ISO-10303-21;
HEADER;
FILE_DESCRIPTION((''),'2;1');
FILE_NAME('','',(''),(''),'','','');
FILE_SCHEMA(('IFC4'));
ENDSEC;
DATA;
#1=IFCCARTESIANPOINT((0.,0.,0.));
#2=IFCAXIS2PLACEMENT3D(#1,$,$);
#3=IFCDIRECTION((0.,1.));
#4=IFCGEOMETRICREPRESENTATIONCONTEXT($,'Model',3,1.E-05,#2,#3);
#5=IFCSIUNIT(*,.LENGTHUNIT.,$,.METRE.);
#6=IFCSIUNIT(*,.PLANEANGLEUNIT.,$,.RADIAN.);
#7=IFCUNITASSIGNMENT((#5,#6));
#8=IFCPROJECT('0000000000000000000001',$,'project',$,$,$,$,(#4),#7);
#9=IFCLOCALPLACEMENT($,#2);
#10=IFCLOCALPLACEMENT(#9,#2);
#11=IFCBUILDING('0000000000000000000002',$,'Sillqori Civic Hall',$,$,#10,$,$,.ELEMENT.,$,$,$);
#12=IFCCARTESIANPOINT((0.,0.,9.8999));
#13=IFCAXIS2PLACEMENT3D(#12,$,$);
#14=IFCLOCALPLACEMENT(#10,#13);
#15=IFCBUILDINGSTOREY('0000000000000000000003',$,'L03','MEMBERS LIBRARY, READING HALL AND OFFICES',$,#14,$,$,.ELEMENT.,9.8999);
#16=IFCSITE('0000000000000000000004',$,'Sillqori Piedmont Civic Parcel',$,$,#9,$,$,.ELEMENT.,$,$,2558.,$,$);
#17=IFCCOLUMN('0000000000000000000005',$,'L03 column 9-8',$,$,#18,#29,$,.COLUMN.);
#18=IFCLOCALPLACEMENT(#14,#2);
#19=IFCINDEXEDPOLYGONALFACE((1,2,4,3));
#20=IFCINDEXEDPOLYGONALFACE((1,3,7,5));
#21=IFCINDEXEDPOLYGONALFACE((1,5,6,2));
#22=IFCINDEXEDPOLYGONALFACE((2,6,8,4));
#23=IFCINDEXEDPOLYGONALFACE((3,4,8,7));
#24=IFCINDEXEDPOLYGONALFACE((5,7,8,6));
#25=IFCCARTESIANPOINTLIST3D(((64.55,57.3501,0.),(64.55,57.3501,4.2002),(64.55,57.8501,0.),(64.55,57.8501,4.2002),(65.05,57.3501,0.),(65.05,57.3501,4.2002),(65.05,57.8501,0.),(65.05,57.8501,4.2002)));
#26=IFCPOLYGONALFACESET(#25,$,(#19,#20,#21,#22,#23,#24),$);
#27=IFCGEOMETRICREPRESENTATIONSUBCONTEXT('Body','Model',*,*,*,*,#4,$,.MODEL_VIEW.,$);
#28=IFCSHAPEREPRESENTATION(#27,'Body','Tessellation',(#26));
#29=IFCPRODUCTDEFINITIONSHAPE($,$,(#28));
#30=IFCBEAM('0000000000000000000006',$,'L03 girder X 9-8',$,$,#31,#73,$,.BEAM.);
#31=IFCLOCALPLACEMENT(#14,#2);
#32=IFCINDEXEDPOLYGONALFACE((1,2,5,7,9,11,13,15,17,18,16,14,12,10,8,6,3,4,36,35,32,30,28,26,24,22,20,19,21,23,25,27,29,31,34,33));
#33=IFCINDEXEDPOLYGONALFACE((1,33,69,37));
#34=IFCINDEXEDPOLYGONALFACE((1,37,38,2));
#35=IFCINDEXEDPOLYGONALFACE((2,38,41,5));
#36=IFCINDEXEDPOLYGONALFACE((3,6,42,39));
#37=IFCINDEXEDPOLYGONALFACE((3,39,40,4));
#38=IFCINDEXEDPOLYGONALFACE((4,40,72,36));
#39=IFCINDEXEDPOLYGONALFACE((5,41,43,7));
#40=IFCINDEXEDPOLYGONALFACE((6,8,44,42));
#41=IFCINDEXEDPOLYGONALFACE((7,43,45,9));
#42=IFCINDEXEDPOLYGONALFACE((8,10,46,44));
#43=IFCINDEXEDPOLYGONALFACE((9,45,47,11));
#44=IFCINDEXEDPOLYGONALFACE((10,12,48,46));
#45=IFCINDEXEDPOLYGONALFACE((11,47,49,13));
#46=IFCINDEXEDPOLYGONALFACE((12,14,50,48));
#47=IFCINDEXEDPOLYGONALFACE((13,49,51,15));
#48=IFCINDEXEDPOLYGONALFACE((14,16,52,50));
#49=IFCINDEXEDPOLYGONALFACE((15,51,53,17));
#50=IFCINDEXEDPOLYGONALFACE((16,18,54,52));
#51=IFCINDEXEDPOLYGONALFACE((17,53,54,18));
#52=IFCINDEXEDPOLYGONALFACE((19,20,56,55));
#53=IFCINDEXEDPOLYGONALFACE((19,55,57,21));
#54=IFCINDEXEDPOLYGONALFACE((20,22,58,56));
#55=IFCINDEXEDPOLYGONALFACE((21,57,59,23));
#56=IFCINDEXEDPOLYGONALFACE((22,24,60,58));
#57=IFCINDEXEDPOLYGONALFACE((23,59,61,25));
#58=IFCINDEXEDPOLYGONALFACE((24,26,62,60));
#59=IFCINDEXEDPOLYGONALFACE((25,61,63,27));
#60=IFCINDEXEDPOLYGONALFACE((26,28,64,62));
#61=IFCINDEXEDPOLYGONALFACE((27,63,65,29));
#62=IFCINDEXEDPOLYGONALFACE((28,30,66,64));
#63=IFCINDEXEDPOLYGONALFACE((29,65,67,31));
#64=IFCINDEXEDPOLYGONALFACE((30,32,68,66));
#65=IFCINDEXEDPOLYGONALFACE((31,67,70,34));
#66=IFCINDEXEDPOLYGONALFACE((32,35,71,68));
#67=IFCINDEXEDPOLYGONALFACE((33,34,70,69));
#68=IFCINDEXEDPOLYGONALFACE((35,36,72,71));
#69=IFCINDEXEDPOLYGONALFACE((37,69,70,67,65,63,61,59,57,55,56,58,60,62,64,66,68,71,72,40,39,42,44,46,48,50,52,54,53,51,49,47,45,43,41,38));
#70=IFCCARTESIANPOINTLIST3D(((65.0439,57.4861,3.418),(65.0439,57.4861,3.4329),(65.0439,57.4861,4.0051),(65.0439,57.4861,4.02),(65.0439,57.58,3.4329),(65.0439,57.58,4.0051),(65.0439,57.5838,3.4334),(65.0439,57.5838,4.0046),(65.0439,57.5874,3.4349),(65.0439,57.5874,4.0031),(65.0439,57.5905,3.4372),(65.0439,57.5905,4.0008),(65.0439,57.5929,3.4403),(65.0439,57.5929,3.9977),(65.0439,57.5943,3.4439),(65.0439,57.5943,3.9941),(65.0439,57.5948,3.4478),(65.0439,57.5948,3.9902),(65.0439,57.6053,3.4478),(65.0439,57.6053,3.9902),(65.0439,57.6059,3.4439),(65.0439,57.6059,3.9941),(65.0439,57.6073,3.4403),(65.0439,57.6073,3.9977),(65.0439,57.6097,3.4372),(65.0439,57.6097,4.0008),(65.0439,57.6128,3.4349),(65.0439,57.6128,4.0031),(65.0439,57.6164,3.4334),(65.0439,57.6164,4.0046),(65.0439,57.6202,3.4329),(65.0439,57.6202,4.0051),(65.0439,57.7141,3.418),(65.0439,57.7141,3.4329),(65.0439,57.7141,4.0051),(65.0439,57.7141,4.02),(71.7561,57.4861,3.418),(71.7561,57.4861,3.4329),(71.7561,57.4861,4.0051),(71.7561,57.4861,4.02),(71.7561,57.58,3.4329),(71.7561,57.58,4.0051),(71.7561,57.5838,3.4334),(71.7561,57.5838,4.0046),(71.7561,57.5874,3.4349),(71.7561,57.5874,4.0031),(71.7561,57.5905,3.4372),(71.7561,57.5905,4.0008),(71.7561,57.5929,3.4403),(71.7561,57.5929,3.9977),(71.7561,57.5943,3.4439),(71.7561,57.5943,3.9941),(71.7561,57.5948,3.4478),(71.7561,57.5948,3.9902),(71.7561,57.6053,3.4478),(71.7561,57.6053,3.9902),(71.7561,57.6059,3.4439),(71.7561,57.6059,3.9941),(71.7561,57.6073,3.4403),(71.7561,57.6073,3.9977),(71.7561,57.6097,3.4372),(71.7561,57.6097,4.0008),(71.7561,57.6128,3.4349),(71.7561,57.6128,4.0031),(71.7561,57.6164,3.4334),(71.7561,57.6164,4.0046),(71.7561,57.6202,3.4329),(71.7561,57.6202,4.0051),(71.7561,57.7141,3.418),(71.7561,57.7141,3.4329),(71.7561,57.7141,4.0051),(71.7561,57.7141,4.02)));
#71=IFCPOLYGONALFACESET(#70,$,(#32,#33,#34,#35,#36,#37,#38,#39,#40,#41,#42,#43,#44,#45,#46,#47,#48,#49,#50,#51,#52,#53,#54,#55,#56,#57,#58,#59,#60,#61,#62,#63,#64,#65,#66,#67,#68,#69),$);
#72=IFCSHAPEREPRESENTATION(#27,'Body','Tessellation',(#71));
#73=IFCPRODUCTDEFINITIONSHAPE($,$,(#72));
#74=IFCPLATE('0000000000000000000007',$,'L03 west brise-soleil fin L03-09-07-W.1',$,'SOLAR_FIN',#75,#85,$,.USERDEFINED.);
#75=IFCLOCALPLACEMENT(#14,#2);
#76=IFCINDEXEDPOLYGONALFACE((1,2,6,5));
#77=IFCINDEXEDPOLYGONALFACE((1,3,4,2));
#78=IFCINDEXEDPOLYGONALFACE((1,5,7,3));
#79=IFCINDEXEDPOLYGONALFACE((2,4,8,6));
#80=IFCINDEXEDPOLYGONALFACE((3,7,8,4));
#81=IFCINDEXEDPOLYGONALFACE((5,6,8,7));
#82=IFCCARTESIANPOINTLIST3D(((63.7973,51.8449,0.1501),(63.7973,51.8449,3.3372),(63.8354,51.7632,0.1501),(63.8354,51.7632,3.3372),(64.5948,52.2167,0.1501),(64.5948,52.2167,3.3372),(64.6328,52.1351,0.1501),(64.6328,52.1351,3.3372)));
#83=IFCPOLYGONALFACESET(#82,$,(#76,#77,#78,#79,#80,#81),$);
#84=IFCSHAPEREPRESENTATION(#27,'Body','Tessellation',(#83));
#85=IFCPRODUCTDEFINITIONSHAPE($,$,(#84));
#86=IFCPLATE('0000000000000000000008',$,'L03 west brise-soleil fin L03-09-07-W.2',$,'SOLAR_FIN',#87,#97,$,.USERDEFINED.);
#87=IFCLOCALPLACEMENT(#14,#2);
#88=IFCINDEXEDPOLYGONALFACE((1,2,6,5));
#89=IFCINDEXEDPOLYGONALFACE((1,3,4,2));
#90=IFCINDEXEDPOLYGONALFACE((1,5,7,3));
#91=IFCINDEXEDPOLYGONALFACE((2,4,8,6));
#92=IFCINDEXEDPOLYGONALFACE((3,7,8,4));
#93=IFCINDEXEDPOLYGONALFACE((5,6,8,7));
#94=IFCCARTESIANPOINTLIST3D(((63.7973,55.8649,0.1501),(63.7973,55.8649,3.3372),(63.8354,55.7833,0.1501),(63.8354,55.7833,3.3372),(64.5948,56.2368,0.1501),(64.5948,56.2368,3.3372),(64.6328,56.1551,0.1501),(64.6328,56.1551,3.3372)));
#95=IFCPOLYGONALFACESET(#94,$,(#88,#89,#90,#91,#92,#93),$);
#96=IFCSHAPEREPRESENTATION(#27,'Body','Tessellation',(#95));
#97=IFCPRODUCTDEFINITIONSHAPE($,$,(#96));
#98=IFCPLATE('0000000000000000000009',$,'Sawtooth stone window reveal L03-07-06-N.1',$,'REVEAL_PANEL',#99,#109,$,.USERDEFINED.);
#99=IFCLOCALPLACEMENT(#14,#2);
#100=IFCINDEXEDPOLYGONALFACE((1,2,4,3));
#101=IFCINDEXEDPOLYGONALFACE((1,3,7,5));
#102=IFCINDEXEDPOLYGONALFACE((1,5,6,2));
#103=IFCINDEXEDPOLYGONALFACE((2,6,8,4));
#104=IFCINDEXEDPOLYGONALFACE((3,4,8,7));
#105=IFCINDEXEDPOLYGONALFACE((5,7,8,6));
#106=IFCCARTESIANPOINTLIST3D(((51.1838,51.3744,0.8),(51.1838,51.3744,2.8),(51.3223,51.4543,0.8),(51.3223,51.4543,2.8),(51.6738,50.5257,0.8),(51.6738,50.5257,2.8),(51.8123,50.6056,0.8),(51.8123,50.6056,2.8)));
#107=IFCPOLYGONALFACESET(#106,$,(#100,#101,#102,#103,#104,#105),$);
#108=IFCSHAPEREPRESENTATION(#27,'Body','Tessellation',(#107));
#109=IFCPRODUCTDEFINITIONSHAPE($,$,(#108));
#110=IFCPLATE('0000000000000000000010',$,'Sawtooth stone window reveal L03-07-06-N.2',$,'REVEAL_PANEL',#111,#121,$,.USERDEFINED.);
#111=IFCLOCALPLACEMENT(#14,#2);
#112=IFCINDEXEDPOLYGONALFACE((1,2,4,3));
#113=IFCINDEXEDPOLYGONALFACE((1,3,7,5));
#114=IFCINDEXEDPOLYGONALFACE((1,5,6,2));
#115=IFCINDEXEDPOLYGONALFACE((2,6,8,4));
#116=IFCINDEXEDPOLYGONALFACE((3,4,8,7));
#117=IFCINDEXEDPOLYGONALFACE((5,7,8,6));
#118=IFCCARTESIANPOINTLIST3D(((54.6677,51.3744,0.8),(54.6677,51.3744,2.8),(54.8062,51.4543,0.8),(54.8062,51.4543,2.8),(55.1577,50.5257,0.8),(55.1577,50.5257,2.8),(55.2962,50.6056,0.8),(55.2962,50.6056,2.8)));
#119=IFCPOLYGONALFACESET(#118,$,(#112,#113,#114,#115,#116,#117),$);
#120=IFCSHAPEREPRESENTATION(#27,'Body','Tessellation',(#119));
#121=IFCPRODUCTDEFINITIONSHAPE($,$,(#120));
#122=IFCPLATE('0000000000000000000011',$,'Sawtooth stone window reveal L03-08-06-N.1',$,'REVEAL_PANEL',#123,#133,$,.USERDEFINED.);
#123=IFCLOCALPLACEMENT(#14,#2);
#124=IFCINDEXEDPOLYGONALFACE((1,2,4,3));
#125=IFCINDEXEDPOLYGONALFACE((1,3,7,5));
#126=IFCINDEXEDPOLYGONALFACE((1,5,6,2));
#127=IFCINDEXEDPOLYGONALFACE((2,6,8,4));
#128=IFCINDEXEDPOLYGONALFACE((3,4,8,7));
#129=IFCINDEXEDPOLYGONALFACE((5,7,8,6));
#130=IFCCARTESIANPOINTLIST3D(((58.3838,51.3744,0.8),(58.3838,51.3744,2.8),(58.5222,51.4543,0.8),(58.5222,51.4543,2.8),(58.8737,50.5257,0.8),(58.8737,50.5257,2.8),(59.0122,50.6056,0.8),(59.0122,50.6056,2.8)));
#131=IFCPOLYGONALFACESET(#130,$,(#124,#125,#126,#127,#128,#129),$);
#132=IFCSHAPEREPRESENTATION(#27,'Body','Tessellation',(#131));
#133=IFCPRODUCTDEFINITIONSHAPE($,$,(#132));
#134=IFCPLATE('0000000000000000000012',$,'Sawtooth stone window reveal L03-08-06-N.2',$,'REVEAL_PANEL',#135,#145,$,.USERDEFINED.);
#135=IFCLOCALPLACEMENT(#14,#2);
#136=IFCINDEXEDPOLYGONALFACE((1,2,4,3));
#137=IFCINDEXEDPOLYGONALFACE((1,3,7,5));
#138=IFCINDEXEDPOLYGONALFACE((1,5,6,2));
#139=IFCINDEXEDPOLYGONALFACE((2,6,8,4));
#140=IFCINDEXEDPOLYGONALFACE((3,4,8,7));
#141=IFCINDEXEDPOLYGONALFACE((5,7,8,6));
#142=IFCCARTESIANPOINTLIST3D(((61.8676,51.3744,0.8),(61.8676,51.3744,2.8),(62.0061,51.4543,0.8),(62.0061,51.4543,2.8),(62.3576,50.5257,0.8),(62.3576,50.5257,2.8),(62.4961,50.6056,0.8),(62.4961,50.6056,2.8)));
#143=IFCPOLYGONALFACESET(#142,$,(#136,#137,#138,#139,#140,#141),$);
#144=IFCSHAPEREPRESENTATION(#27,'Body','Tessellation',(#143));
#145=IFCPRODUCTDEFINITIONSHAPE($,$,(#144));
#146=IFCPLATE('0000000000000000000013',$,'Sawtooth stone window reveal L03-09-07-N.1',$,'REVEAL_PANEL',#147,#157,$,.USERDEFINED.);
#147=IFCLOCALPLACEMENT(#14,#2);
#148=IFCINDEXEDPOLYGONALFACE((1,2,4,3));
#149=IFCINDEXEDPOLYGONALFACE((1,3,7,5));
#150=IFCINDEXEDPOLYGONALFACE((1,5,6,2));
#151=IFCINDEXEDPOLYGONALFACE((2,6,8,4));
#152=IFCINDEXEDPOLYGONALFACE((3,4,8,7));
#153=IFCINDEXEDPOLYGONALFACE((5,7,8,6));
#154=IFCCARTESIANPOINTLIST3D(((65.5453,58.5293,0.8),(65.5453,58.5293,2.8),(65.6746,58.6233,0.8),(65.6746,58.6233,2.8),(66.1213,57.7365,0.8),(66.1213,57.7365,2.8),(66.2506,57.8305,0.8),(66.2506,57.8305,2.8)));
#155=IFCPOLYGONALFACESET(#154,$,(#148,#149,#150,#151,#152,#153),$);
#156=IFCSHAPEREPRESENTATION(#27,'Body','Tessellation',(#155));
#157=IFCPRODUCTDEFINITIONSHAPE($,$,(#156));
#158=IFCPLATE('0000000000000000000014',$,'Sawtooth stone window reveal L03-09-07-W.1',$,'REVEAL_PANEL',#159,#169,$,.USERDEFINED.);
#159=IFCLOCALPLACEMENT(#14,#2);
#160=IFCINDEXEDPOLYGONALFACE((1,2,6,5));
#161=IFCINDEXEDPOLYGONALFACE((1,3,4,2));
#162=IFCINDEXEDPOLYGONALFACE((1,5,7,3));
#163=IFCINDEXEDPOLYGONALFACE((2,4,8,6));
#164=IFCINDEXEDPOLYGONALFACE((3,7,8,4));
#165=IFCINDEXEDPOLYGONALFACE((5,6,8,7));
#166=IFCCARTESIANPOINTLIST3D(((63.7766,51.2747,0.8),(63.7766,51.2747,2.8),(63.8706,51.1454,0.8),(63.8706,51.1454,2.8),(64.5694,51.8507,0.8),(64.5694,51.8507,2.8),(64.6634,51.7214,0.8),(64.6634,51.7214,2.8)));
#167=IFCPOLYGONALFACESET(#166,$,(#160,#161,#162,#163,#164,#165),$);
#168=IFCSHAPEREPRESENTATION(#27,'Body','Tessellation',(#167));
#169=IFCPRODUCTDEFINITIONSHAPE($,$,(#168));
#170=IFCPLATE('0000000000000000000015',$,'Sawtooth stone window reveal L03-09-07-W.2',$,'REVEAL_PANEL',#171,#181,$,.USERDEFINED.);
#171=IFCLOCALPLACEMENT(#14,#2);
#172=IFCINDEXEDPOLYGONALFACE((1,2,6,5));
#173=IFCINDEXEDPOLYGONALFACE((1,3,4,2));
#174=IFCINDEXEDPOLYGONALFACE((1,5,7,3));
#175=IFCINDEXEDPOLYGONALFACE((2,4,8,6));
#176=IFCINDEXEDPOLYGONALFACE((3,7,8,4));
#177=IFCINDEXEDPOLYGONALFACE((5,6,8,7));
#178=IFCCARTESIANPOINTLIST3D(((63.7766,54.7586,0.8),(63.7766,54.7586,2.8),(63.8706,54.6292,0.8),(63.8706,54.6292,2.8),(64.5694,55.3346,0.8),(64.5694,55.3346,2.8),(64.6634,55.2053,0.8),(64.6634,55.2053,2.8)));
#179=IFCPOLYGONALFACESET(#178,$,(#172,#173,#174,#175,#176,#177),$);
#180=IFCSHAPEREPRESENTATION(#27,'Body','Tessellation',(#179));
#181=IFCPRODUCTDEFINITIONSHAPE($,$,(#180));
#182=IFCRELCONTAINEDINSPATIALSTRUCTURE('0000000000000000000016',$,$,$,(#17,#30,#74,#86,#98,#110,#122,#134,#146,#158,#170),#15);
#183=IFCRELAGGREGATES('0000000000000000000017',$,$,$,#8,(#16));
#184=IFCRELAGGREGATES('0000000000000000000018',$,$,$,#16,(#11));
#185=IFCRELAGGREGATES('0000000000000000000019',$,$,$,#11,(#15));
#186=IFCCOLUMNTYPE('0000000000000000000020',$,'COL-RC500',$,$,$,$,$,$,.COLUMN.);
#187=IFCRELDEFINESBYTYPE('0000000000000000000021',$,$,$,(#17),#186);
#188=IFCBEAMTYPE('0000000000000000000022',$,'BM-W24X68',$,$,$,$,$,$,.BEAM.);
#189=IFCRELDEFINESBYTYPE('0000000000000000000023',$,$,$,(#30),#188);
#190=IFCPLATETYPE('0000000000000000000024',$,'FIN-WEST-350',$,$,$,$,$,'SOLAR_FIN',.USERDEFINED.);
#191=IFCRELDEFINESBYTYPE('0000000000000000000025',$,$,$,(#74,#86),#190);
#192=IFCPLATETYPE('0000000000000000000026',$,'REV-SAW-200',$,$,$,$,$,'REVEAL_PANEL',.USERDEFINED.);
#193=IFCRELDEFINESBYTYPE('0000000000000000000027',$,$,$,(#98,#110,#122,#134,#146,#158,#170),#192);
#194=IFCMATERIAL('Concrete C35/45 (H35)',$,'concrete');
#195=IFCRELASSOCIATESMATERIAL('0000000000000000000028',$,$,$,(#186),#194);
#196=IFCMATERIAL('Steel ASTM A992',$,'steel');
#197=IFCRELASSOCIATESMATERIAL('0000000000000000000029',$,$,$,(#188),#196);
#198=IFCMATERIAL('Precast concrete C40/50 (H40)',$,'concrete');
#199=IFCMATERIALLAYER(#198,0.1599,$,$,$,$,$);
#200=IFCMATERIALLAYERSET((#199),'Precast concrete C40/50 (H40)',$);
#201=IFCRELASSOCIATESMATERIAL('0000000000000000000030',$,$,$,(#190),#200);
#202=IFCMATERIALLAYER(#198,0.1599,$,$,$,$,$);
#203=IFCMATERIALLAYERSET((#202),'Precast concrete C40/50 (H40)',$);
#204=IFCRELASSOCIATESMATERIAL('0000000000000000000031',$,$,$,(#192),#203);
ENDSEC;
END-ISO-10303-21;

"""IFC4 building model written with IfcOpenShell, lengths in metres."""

from ifc_helpers import new_model, si_unit, direction, frame, origin, origin_2d, place, context, subcontext, project, spatial, rectangle, i_section, extrude, material, layer, layer_set, material_profile, profile_set, type_object, element, save


model = new_model("IFC4")

# Units and contexts
model_context = context("Model", 3, precision=1e-05, world=origin(), true_north=direction((0.0, 1.0)))
body_context = subcontext(model_context, "Body", "Model", "MODEL_VIEW")
ifc_project = project(units=[si_unit("LENGTHUNIT", "METRE"), si_unit("PLANEANGLEUNIT", "RADIAN")], contexts=[model_context])

# Site, building, storey
site_placement = place(None, origin())
site = spatial("IfcSite", under=ifc_project, at=site_placement, Name="Sillqori Piedmont Civic Parcel", CompositionType="ELEMENT", RefElevation=2558.0)
building_placement = place(site_placement, origin())
building = spatial("IfcBuilding", under=site, at=building_placement, Name="Sillqori Civic Hall", CompositionType="ELEMENT")
storey_placement = place(building_placement, frame((0.0, 0.0, 9.8999)))
storey = spatial("IfcBuildingStorey", under=building, at=storey_placement, Name="L03", Description="MEMBERS LIBRARY, READING HALL AND OFFICES", CompositionType="ELEMENT", Elevation=9.8999)

# Column
ifc_material_1 = material(Name="Concrete C35/45 (H35)", Category="concrete")
ifc_material_profile_1 = material_profile(ifc_material_1, rectangle(XDim=0.5, YDim=0.5, at=origin_2d()), Name="RC 500x500")
ifc_profile_set_1 = profile_set([ifc_material_profile_1], Name="Concrete C35/45 (H35)")
column_type = type_object("IfcColumnType", Name="COL-RC500", PredefinedType="COLUMN", material=ifc_profile_set_1)
column_placement = place(storey_placement, frame((64.8, 57.6001, 0.0), z_axis=(0.0, 0.0, 1.0), x_axis=(1.0, 0.0, 0.0)))
element("IfcColumn", 1, at=column_placement, inside=storey, type_object=column_type, Name="L03 column 9-8", PredefinedType="COLUMN", context=body_context, shape_type="SweptSolid", body=[
    extrude(rectangle(XDim=0.5, YDim=0.5, at=origin_2d()), origin(), (0.0, 0.0, 1.0), 4.2002),
])

# Beam
ifc_material_2 = material(Name="Steel ASTM A992", Category="steel")
ifc_material_profile_2 = material_profile(ifc_material_2, i_section(OverallWidth=0.228, OverallDepth=0.6021, WebThickness=0.0105, FlangeThickness=0.0149, FilletRadius=0.0149, at=origin_2d()), Name="W24X68")
ifc_profile_set_2 = profile_set([ifc_material_profile_2], Name="Steel ASTM A992")
beam_type = type_object("IfcBeamType", Name="BM-W24X68", PredefinedType="BEAM", material=ifc_profile_set_2)
beam_placement = place(storey_placement, frame((65.0439, 57.6001, 3.719), z_axis=(1.0, 0.0, 0.0), x_axis=(0.0, 1.0, 0.0)))
element("IfcBeam", 2, at=beam_placement, inside=storey, type_object=beam_type, Name="L03 girder X 9-8", PredefinedType="BEAM", context=body_context, shape_type="SweptSolid", body=[
    extrude(i_section(OverallWidth=0.228, OverallDepth=0.6021, WebThickness=0.0105, FlangeThickness=0.0149, FilletRadius=0.0149, at=origin_2d()), origin(), (0.0, 0.0, 1.0), 6.7122),
])

# Plates
ifc_material_3 = material(Name="Precast concrete C40/50 (H40)", Category="concrete")
ifc_layer_1 = layer(ifc_material_3, 0.1599)
ifc_layer_set_1 = layer_set([ifc_layer_1], Name="Precast concrete C40/50 (H40)")
plate_type_1 = type_object("IfcPlateType", Name="FIN-WEST-350", ElementType="SOLAR_FIN", PredefinedType="USERDEFINED", material=ifc_layer_set_1)
for number, where, z_axis, x_axis, name in (
    (3, (64.2151, 51.99, 0.1501), (0.0, 0.0, 1.0), (-0.422618, 0.906308, 0.0), "L03 west brise-soleil fin L03-09-07-W.1"),
    (4, (64.2151, 56.01, 0.1501), (0.0, 0.0, 1.0), (-0.422618, 0.906308, 0.0), "L03 west brise-soleil fin L03-09-07-W.2"),
):
    element("IfcPlate", number, at=place(storey_placement, frame(where, z_axis=z_axis, x_axis=x_axis)), inside=storey, type_object=plate_type_1, Name=name, ObjectType="SOLAR_FIN", PredefinedType="USERDEFINED", context=body_context, shape_type="SweptSolid", body=[
        extrude(rectangle(XDim=0.0901, YDim=0.8799, at=origin_2d()), origin(), (0.0, 0.0, 1.0), 3.187),
    ])
ifc_layer_2 = layer(ifc_material_3, 0.1599)
ifc_layer_set_2 = layer_set([ifc_layer_2], Name="Precast concrete C40/50 (H40)")
plate_type_2 = type_object("IfcPlateType", Name="REV-SAW-200", ElementType="REVEAL_PANEL", PredefinedType="USERDEFINED", material=ifc_layer_set_2)
for number, where, z_axis, x_axis, name in (
    (5, (51.498, 50.99, 0.8), (0.0, 0.0, 1.0), (0.866025, 0.5, 0.0), "Sawtooth stone window reveal L03-07-06-N.1"),
    (6, (54.9819, 50.99, 0.8), (0.0, 0.0, 1.0), (0.866025, 0.5, 0.0), "Sawtooth stone window reveal L03-07-06-N.2"),
    (7, (58.698, 50.99, 0.8), (0.0, 0.0, 1.0), (0.866025, 0.5, 0.0), "Sawtooth stone window reveal L03-08-06-N.1"),
    (8, (62.1819, 50.99, 0.8), (0.0, 0.0, 1.0), (0.866025, 0.5, 0.0), "Sawtooth stone window reveal L03-08-06-N.2"),
    (9, (65.8979, 58.1799, 0.8), (0.0, 0.0, 1.0), (0.809017, 0.587785, 0.0), "Sawtooth stone window reveal L03-09-07-N.1"),
    (10, (64.22, 51.498, 0.8), (0.0, 0.0, 1.0), (-0.587785, 0.809017, 0.0), "Sawtooth stone window reveal L03-09-07-W.1"),
    (11, (64.22, 54.9819, 0.8), (0.0, 0.0, 1.0), (-0.587785, 0.809017, 0.0), "Sawtooth stone window reveal L03-09-07-W.2"),
):
    element("IfcPlate", number, at=place(storey_placement, frame(where, z_axis=z_axis, x_axis=x_axis)), inside=storey, type_object=plate_type_2, Name=name, ObjectType="REVEAL_PANEL", PredefinedType="USERDEFINED", context=body_context, shape_type="SweptSolid", body=[
        extrude(rectangle(XDim=0.1599, YDim=0.98, at=origin_2d()), origin(), (0.0, 0.0, 1.0), 2.0),
    ])

save(model, "model.ifc")
